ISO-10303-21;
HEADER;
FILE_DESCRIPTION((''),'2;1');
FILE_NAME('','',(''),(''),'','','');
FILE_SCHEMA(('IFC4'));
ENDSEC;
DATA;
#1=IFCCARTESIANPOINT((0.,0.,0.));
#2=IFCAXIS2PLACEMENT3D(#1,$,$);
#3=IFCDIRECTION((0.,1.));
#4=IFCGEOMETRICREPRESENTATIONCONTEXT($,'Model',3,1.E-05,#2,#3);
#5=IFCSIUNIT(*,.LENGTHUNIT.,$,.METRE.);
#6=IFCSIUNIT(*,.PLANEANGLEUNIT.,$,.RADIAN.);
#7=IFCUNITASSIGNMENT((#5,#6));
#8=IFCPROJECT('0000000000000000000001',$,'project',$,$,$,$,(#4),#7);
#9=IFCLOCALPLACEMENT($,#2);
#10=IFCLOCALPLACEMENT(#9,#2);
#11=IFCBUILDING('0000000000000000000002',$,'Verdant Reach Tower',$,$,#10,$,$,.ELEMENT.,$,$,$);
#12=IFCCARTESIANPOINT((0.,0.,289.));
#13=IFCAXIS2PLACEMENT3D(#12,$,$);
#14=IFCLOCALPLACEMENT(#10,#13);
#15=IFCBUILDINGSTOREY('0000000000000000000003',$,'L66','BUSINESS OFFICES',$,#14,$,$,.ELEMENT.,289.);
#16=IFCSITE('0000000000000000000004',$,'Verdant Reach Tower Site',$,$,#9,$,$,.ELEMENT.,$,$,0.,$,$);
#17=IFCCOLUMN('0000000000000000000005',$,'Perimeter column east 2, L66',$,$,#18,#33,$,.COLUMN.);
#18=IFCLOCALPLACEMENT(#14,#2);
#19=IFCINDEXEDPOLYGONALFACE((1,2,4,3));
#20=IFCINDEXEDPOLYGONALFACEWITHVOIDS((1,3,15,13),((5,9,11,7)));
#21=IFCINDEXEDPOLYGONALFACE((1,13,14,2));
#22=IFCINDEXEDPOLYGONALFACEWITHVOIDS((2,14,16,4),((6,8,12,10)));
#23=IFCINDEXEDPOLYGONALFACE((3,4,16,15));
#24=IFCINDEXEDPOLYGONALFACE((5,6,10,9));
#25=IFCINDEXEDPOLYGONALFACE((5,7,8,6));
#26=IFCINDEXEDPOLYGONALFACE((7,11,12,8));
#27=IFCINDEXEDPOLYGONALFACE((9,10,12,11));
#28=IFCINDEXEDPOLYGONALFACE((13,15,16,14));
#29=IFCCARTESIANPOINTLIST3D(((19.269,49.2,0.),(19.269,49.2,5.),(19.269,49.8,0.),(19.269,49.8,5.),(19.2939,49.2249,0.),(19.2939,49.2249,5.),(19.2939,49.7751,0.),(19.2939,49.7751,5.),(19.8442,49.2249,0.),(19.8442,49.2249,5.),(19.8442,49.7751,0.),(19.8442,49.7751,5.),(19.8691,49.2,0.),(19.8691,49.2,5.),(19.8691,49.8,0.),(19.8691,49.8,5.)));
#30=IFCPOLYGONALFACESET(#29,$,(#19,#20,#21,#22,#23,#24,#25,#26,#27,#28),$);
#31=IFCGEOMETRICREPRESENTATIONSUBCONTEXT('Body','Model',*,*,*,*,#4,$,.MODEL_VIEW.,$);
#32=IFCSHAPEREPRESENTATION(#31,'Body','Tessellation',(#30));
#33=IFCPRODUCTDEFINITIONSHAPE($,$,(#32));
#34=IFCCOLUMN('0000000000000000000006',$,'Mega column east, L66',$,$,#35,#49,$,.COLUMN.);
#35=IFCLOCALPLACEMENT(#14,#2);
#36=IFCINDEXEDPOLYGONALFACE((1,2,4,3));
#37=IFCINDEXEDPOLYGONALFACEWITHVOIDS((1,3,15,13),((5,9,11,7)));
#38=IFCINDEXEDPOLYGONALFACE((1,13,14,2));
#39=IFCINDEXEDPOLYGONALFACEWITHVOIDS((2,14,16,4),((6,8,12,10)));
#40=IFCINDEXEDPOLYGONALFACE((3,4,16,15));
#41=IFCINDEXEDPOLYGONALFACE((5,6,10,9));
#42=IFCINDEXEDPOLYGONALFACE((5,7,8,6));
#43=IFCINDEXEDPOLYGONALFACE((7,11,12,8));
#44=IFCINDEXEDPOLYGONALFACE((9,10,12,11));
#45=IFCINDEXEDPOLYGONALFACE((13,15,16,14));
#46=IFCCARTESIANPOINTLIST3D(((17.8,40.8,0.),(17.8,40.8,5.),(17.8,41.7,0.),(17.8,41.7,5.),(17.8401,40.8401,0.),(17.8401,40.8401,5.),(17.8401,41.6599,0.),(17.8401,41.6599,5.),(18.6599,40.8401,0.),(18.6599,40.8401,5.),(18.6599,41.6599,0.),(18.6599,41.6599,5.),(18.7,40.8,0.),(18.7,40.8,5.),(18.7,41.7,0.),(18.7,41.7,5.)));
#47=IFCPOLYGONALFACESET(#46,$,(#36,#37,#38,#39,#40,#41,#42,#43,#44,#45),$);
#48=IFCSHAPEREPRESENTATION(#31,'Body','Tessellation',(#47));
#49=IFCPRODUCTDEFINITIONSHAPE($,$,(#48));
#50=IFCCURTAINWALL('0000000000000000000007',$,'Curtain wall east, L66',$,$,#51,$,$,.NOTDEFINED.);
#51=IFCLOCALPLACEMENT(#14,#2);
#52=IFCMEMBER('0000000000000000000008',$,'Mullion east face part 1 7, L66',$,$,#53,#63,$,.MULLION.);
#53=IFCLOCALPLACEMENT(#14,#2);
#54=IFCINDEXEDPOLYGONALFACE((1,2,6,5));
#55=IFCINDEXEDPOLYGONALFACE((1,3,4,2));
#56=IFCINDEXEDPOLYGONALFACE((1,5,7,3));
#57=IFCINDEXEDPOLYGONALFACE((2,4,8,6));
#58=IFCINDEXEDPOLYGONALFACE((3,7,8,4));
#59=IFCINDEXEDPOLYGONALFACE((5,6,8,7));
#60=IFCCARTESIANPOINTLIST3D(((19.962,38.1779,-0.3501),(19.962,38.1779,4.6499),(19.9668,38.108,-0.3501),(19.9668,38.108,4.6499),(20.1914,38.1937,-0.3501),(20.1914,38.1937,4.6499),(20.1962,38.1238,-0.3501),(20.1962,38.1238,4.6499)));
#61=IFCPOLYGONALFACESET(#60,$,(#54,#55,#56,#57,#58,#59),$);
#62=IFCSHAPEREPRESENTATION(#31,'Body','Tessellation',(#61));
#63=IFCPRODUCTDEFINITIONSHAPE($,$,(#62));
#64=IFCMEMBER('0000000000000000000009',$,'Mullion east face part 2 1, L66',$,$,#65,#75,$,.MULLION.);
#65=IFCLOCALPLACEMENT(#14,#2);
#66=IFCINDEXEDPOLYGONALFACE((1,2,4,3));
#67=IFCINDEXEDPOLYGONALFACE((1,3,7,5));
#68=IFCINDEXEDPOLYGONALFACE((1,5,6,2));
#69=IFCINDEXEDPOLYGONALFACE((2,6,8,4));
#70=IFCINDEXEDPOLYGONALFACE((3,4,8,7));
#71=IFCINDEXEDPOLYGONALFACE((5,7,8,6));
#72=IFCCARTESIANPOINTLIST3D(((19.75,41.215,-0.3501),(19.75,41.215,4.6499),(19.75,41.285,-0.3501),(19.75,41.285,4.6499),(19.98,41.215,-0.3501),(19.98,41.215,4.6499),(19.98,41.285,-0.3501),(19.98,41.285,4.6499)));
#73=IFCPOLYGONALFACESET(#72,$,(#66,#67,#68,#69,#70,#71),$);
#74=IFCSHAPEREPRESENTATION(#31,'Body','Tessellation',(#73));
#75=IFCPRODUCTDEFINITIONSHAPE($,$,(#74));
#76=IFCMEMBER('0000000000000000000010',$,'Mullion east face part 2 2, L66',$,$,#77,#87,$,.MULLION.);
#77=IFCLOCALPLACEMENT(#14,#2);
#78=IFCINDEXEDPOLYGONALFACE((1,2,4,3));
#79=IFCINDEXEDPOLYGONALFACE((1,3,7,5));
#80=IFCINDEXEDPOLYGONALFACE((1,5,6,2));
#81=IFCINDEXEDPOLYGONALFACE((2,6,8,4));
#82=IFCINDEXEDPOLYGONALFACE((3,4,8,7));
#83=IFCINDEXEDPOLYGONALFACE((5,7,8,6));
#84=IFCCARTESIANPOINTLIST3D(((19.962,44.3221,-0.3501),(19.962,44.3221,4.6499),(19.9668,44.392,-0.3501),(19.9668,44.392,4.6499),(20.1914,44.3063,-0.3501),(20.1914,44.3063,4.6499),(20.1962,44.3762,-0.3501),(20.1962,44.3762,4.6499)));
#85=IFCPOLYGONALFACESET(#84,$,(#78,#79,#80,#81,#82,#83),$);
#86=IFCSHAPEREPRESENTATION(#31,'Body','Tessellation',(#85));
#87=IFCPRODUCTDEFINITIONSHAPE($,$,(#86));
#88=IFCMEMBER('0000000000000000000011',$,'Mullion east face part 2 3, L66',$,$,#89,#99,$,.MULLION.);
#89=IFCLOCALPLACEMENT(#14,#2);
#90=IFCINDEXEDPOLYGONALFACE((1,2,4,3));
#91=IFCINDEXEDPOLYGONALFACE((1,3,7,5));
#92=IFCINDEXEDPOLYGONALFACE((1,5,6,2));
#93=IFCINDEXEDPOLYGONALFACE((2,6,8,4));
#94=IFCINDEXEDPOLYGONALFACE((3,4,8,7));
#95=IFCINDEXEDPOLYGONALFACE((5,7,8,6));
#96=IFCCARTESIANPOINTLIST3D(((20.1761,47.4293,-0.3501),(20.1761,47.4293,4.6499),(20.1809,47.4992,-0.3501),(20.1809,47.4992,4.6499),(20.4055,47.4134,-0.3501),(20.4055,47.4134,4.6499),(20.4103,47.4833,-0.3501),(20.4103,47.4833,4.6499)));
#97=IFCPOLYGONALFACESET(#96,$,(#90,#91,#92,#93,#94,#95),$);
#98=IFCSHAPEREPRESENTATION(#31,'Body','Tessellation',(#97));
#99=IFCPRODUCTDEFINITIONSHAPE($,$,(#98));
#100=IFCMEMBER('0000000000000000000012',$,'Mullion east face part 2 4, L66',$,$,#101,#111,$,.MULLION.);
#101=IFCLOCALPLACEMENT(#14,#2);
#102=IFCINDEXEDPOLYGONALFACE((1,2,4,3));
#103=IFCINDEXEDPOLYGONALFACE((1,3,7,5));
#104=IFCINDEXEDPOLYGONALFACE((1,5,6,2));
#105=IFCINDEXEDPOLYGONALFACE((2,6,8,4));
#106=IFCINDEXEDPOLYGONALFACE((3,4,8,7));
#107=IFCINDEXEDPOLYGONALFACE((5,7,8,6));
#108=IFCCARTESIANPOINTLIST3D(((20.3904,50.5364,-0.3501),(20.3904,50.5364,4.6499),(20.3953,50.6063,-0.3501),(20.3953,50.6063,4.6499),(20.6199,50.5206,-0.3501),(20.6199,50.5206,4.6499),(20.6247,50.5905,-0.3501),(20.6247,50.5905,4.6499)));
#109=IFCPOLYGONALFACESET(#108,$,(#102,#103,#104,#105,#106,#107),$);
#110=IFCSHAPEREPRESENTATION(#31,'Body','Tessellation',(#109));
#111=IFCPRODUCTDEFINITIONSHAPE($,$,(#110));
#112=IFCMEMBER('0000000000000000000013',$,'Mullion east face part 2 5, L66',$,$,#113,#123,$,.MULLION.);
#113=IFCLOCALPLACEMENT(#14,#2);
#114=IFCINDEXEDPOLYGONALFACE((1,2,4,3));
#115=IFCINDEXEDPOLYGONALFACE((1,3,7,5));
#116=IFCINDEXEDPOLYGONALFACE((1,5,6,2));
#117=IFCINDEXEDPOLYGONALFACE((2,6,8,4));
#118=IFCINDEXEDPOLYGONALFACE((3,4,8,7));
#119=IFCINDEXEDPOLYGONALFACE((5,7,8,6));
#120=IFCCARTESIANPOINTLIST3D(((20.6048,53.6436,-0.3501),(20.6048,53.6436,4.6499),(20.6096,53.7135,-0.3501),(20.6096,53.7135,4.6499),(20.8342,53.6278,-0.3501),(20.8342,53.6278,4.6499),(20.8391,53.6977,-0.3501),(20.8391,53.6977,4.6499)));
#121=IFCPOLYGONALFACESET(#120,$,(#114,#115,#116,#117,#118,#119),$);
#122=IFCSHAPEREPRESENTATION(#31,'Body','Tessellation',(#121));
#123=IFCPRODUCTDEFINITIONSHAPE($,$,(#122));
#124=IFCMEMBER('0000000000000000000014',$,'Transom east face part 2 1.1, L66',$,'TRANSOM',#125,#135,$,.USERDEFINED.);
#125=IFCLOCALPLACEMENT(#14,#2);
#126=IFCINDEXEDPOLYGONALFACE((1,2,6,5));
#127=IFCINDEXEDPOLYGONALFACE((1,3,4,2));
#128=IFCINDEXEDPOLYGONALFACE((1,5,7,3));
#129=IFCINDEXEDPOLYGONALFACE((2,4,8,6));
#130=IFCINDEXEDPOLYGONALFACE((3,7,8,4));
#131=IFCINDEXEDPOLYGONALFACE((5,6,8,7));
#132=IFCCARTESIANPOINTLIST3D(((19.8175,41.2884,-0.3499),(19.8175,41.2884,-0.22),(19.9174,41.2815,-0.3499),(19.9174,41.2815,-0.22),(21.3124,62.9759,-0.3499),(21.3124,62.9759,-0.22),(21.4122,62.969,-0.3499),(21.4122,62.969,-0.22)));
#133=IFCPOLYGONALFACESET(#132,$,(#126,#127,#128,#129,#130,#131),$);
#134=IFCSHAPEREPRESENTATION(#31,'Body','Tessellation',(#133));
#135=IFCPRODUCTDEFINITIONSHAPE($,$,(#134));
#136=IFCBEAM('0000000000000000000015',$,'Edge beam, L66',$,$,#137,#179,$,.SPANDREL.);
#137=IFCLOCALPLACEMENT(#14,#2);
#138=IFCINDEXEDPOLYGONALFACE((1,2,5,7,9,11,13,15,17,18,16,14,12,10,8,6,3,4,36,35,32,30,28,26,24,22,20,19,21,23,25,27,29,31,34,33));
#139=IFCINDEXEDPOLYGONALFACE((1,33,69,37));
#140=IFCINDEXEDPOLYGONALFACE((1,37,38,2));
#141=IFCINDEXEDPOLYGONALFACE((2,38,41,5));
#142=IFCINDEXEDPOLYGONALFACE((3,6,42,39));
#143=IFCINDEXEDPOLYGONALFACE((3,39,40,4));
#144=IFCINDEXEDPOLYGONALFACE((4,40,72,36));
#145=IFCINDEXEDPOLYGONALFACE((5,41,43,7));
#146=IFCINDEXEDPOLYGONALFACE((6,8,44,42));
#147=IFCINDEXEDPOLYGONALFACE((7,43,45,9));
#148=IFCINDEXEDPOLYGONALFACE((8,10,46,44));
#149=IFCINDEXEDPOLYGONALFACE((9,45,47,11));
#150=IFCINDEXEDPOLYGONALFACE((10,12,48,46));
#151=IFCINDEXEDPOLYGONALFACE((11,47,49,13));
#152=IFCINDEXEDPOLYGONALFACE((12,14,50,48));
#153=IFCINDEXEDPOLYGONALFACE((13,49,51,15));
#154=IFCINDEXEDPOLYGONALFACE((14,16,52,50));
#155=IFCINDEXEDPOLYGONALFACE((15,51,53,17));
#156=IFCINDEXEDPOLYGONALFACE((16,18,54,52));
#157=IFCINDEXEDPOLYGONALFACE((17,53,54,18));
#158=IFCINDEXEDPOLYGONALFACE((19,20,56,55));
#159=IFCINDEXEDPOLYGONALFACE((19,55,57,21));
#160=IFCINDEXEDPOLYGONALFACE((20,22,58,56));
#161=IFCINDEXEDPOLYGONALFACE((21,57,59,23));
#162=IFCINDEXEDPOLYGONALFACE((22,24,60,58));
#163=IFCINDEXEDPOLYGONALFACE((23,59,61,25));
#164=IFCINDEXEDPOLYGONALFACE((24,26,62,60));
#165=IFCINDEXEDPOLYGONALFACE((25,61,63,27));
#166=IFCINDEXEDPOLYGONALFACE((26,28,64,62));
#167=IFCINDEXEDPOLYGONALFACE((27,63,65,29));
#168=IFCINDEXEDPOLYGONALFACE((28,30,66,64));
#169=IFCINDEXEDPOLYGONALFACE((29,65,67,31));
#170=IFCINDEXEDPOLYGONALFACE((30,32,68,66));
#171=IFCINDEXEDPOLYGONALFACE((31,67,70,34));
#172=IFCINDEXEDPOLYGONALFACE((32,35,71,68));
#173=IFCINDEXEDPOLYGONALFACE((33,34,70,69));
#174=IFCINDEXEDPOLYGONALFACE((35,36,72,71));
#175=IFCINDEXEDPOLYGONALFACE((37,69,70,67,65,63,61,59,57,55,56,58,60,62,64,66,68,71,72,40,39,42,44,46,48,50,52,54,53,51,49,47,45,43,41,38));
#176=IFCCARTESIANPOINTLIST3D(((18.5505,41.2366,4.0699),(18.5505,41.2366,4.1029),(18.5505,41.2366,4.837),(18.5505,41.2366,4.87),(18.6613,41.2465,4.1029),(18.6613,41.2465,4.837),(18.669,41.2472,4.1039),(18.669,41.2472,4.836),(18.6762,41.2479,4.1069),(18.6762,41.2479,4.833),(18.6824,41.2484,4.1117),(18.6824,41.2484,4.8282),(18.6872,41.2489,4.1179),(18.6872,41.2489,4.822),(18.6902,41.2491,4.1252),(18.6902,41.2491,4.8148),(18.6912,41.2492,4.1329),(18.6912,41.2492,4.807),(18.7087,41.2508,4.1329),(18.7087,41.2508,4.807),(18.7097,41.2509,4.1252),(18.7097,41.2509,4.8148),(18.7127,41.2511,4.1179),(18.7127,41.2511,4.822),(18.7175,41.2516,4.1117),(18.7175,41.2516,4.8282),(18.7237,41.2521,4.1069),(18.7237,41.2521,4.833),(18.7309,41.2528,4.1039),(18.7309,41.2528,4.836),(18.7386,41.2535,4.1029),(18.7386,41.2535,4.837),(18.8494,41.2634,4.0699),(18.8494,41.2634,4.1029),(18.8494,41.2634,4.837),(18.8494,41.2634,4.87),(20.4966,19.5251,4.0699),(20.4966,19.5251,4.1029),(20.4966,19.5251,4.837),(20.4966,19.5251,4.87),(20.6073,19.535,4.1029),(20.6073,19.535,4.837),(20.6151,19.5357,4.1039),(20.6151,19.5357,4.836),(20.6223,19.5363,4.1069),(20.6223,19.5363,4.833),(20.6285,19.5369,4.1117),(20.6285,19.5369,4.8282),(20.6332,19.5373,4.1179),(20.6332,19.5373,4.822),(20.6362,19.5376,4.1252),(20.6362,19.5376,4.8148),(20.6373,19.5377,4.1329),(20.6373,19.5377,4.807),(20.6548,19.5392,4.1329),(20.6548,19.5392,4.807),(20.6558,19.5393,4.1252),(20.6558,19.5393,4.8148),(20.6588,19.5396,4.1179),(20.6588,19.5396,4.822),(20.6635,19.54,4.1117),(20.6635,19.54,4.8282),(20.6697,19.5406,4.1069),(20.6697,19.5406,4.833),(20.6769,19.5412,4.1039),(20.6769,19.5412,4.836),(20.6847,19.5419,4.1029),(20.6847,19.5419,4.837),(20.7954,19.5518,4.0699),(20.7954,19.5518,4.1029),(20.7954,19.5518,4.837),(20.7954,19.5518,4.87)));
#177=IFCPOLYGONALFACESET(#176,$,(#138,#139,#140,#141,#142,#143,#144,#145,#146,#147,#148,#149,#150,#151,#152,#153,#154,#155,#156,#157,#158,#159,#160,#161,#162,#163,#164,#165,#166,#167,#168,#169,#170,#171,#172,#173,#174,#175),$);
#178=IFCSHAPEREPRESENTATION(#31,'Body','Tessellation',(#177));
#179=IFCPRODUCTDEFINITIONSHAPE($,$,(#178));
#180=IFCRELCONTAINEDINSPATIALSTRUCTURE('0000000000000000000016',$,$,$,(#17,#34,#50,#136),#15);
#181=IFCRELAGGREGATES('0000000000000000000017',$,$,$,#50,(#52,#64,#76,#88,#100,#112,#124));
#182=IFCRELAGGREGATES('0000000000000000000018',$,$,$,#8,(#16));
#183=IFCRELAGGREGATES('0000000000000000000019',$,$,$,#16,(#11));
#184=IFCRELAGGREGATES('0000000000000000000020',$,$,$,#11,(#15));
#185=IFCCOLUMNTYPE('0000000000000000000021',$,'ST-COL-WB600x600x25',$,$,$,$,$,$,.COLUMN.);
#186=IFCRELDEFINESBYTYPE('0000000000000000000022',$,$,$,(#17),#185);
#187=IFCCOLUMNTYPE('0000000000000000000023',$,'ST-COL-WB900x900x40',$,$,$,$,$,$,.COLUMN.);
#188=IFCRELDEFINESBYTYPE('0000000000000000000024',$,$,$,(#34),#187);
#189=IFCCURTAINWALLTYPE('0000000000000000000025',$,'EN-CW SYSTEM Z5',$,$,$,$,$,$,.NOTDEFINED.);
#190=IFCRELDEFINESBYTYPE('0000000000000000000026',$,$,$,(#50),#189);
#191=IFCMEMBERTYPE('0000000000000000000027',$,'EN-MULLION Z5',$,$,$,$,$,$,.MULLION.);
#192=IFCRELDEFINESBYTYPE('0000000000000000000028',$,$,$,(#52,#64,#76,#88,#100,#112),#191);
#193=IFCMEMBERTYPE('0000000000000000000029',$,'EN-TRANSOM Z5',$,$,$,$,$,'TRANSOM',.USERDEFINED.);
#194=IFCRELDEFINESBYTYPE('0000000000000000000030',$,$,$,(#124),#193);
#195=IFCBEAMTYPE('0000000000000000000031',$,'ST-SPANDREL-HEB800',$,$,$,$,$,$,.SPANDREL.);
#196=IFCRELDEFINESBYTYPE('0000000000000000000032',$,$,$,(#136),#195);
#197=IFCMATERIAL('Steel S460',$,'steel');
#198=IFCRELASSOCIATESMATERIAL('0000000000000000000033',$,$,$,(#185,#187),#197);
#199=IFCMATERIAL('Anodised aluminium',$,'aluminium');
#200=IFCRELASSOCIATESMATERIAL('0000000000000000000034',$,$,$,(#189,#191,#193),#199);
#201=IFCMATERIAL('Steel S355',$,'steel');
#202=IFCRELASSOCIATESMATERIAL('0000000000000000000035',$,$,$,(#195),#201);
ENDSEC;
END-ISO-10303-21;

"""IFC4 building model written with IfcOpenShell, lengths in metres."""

from ifc_helpers import new_model, si_unit, direction, frame, origin, origin_2d, place, context, subcontext, project, spatial, rectangle, hollow_rectangle, i_section, extrude, material, material_profile, profile_set, type_object, element, aggregate, save


model = new_model("IFC4")

# Units and contexts
model_context = context("Model", 3, precision=1e-05, world=origin(), true_north=direction((0.0, 1.0)))
body_context = subcontext(model_context, "Body", "Model", "MODEL_VIEW")
ifc_project = project(units=[si_unit("LENGTHUNIT", "METRE"), si_unit("PLANEANGLEUNIT", "RADIAN")], contexts=[model_context])

# Site, building, storey
site_placement = place(None, origin())
site = spatial("IfcSite", under=ifc_project, at=site_placement, Name="Verdant Reach Tower Site", CompositionType="ELEMENT", RefElevation=0.0)
building_placement = place(site_placement, origin())
building = spatial("IfcBuilding", under=site, at=building_placement, Name="Verdant Reach Tower", CompositionType="ELEMENT")
storey_placement = place(building_placement, frame((0.0, 0.0, 289.0)))
storey = spatial("IfcBuildingStorey", under=building, at=storey_placement, Name="L66", Description="BUSINESS OFFICES", CompositionType="ELEMENT", Elevation=289.0)

# Columns
ifc_material_1 = material(Name="Steel S460", Category="steel")
ifc_material_profile_1 = material_profile(ifc_material_1, hollow_rectangle(XDim=0.6001, YDim=0.6001, WallThickness=0.0249, at=origin_2d()), Name="WB 600x600x25")
ifc_profile_set_1 = profile_set([ifc_material_profile_1], Name="Steel S460")
column_type_1 = type_object("IfcColumnType", Name="ST-COL-WB600x600x25", PredefinedType="COLUMN", material=ifc_profile_set_1)
column_1_placement = place(storey_placement, frame((19.5691, 49.5, 0.0), z_axis=(0.0, 0.0, 1.0), x_axis=(1.0, 0.0, 0.0)))
element("IfcColumn", 1, at=column_1_placement, inside=storey, type_object=column_type_1, Name="Perimeter column east 2, L66", PredefinedType="COLUMN", context=body_context, shape_type="SweptSolid", body=[
    extrude(hollow_rectangle(XDim=0.6001, YDim=0.6001, WallThickness=0.0249, at=origin_2d()), origin(), (0.0, 0.0, 1.0), 5.0),
])
ifc_material_profile_2 = material_profile(ifc_material_1, hollow_rectangle(XDim=0.8999, YDim=0.8999, WallThickness=0.04, at=origin_2d()), Name="WB 900x900x40")
ifc_profile_set_2 = profile_set([ifc_material_profile_2], Name="Steel S460")
column_type_2 = type_object("IfcColumnType", Name="ST-COL-WB900x900x40", PredefinedType="COLUMN", material=ifc_profile_set_2)
column_2_placement = place(storey_placement, frame((18.25, 41.25, 0.0), z_axis=(0.0, 0.0, 1.0), x_axis=(1.0, 0.0, 0.0)))
element("IfcColumn", 2, at=column_2_placement, inside=storey, type_object=column_type_2, Name="Mega column east, L66", PredefinedType="COLUMN", context=body_context, shape_type="SweptSolid", body=[
    extrude(hollow_rectangle(XDim=0.8999, YDim=0.8999, WallThickness=0.04, at=origin_2d()), origin(), (0.0, 0.0, 1.0), 5.0),
])

# Curtain wall, members
ifc_material_2 = material(Name="Anodised aluminium", Category="aluminium")
curtain_wall_type = type_object("IfcCurtainWallType", Name="EN-CW SYSTEM Z5", PredefinedType="NOTDEFINED", material=ifc_material_2)
curtain_wall_placement = place(storey_placement, origin())
curtain_wall = element("IfcCurtainWall", 3, at=curtain_wall_placement, inside=storey, type_object=curtain_wall_type, Name="Curtain wall east, L66", PredefinedType="NOTDEFINED")
ifc_material_profile_3 = material_profile(ifc_material_2, rectangle(XDim=0.23, YDim=0.0701, at=origin_2d()), Name="Mullion 70x230")
ifc_profile_set_3 = profile_set([ifc_material_profile_3], Name="Anodised aluminium")
member_type_1 = type_object("IfcMemberType", Name="EN-MULLION Z5", PredefinedType="MULLION", material=ifc_profile_set_3)
member_1_placement = place(storey_placement, frame((20.0791, 38.1509, -0.3501), z_axis=(0.0, 0.0, 1.0), x_axis=(0.99763, 0.068802, 0.0)))
member_1 = element("IfcMember", 4, at=member_1_placement, type_object=member_type_1, Name="Mullion east face part 1 7, L66", PredefinedType="MULLION", context=body_context, shape_type="SweptSolid", body=[
    extrude(rectangle(XDim=0.23, YDim=0.0701, at=origin_2d()), origin(), (0.0, 0.0, 1.0), 5.0),
])
member_2_placement = place(storey_placement, frame((19.865, 41.25, -0.3501), z_axis=(0.0, 0.0, 1.0), x_axis=(1.0, 0.0, 0.0)))
member_2 = element("IfcMember", 5, at=member_2_placement, type_object=member_type_1, Name="Mullion east face part 2 1, L66", PredefinedType="MULLION", context=body_context, shape_type="SweptSolid", body=[
    extrude(rectangle(XDim=0.23, YDim=0.0701, at=origin_2d()), origin(), (0.0, 0.0, 1.0), 5.0),
])
member_3_placement = place(storey_placement, frame((20.0791, 44.3491, -0.3501), z_axis=(0.0, 0.0, 1.0), x_axis=(0.99763, -0.068802, 0.0)))
member_3 = element("IfcMember", 6, at=member_3_placement, type_object=member_type_1, Name="Mullion east face part 2 2, L66", PredefinedType="MULLION", context=body_context, shape_type="SweptSolid", body=[
    extrude(rectangle(XDim=0.23, YDim=0.0701, at=origin_2d()), origin(), (0.0, 0.0, 1.0), 5.0),
])
member_4_placement = place(storey_placement, frame((20.2932, 47.4563, -0.3501), z_axis=(0.0, 0.0, 1.0), x_axis=(0.99763, -0.068802, 0.0)))
member_4 = element("IfcMember", 7, at=member_4_placement, type_object=member_type_1, Name="Mullion east face part 2 3, L66", PredefinedType="MULLION", context=body_context, shape_type="SweptSolid", body=[
    extrude(rectangle(XDim=0.23, YDim=0.0701, at=origin_2d()), origin(), (0.0, 0.0, 1.0), 5.0),
])
member_5_placement = place(storey_placement, frame((20.5076, 50.5635, -0.3501), z_axis=(0.0, 0.0, 1.0), x_axis=(0.99763, -0.068802, 0.0)))
member_5 = element("IfcMember", 8, at=member_5_placement, type_object=member_type_1, Name="Mullion east face part 2 4, L66", PredefinedType="MULLION", context=body_context, shape_type="SweptSolid", body=[
    extrude(rectangle(XDim=0.23, YDim=0.0701, at=origin_2d()), origin(), (0.0, 0.0, 1.0), 5.0),
])
member_6_placement = place(storey_placement, frame((20.7219, 53.6707, -0.3501), z_axis=(0.0, 0.0, 1.0), x_axis=(0.99763, -0.068802, 0.0)))
member_6 = element("IfcMember", 9, at=member_6_placement, type_object=member_type_1, Name="Mullion east face part 2 5, L66", PredefinedType="MULLION", context=body_context, shape_type="SweptSolid", body=[
    extrude(rectangle(XDim=0.23, YDim=0.0701, at=origin_2d()), origin(), (0.0, 0.0, 1.0), 5.0),
])
ifc_material_profile_4 = material_profile(ifc_material_2, rectangle(XDim=0.1001, YDim=0.1299, at=origin_2d()), Name="Transom 130x100")
ifc_profile_set_4 = profile_set([ifc_material_profile_4], Name="Anodised aluminium")
member_type_2 = type_object("IfcMemberType", Name="EN-TRANSOM Z5", ElementType="TRANSOM", PredefinedType="USERDEFINED", material=ifc_profile_set_4)
member_7_placement = place(storey_placement, frame((19.8674, 41.2849, -0.2849), z_axis=(0.068765, 0.997633, 0.0), x_axis=(-0.997633, 0.068765, 0.0)))
member_7 = element("IfcMember", 10, at=member_7_placement, type_object=member_type_2, Name="Transom east face part 2 1.1, L66", ObjectType="TRANSOM", PredefinedType="USERDEFINED", context=body_context, shape_type="SweptSolid", body=[
    extrude(rectangle(XDim=0.1001, YDim=0.1299, at=origin_2d()), origin(), (0.0, 0.0, 1.0), 21.739),
])

# Beam
ifc_material_3 = material(Name="Steel S355", Category="steel")
ifc_material_profile_5 = material_profile(ifc_material_3, i_section(OverallWidth=0.3, OverallDepth=0.8, WebThickness=0.0176, FlangeThickness=0.033, FilletRadius=0.03, at=origin_2d()), Name="HEB 800")
ifc_profile_set_5 = profile_set([ifc_material_profile_5], Name="Steel S355")
beam_type = type_object("IfcBeamType", Name="ST-SPANDREL-HEB800", PredefinedType="SPANDREL", material=ifc_profile_set_5)
beam_placement = place(storey_placement, frame((18.7, 41.25, 4.47), z_axis=(0.089274, -0.996007, 0.0), x_axis=(0.996007, 0.089274, 0.0)))
element("IfcBeam", 11, at=beam_placement, inside=storey, type_object=beam_type, Name="Edge beam, L66", PredefinedType="SPANDREL", context=body_context, shape_type="SweptSolid", body=[
    extrude(i_section(OverallWidth=0.3, OverallDepth=0.8, WebThickness=0.0176, FlangeThickness=0.033, FilletRadius=0.03, at=origin_2d()), origin(), (0.0, 0.0, 1.0), 21.7986),
])

aggregate(curtain_wall, [member_1, member_2, member_3, member_4, member_5, member_6, member_7])

save(model, "model.ifc")
